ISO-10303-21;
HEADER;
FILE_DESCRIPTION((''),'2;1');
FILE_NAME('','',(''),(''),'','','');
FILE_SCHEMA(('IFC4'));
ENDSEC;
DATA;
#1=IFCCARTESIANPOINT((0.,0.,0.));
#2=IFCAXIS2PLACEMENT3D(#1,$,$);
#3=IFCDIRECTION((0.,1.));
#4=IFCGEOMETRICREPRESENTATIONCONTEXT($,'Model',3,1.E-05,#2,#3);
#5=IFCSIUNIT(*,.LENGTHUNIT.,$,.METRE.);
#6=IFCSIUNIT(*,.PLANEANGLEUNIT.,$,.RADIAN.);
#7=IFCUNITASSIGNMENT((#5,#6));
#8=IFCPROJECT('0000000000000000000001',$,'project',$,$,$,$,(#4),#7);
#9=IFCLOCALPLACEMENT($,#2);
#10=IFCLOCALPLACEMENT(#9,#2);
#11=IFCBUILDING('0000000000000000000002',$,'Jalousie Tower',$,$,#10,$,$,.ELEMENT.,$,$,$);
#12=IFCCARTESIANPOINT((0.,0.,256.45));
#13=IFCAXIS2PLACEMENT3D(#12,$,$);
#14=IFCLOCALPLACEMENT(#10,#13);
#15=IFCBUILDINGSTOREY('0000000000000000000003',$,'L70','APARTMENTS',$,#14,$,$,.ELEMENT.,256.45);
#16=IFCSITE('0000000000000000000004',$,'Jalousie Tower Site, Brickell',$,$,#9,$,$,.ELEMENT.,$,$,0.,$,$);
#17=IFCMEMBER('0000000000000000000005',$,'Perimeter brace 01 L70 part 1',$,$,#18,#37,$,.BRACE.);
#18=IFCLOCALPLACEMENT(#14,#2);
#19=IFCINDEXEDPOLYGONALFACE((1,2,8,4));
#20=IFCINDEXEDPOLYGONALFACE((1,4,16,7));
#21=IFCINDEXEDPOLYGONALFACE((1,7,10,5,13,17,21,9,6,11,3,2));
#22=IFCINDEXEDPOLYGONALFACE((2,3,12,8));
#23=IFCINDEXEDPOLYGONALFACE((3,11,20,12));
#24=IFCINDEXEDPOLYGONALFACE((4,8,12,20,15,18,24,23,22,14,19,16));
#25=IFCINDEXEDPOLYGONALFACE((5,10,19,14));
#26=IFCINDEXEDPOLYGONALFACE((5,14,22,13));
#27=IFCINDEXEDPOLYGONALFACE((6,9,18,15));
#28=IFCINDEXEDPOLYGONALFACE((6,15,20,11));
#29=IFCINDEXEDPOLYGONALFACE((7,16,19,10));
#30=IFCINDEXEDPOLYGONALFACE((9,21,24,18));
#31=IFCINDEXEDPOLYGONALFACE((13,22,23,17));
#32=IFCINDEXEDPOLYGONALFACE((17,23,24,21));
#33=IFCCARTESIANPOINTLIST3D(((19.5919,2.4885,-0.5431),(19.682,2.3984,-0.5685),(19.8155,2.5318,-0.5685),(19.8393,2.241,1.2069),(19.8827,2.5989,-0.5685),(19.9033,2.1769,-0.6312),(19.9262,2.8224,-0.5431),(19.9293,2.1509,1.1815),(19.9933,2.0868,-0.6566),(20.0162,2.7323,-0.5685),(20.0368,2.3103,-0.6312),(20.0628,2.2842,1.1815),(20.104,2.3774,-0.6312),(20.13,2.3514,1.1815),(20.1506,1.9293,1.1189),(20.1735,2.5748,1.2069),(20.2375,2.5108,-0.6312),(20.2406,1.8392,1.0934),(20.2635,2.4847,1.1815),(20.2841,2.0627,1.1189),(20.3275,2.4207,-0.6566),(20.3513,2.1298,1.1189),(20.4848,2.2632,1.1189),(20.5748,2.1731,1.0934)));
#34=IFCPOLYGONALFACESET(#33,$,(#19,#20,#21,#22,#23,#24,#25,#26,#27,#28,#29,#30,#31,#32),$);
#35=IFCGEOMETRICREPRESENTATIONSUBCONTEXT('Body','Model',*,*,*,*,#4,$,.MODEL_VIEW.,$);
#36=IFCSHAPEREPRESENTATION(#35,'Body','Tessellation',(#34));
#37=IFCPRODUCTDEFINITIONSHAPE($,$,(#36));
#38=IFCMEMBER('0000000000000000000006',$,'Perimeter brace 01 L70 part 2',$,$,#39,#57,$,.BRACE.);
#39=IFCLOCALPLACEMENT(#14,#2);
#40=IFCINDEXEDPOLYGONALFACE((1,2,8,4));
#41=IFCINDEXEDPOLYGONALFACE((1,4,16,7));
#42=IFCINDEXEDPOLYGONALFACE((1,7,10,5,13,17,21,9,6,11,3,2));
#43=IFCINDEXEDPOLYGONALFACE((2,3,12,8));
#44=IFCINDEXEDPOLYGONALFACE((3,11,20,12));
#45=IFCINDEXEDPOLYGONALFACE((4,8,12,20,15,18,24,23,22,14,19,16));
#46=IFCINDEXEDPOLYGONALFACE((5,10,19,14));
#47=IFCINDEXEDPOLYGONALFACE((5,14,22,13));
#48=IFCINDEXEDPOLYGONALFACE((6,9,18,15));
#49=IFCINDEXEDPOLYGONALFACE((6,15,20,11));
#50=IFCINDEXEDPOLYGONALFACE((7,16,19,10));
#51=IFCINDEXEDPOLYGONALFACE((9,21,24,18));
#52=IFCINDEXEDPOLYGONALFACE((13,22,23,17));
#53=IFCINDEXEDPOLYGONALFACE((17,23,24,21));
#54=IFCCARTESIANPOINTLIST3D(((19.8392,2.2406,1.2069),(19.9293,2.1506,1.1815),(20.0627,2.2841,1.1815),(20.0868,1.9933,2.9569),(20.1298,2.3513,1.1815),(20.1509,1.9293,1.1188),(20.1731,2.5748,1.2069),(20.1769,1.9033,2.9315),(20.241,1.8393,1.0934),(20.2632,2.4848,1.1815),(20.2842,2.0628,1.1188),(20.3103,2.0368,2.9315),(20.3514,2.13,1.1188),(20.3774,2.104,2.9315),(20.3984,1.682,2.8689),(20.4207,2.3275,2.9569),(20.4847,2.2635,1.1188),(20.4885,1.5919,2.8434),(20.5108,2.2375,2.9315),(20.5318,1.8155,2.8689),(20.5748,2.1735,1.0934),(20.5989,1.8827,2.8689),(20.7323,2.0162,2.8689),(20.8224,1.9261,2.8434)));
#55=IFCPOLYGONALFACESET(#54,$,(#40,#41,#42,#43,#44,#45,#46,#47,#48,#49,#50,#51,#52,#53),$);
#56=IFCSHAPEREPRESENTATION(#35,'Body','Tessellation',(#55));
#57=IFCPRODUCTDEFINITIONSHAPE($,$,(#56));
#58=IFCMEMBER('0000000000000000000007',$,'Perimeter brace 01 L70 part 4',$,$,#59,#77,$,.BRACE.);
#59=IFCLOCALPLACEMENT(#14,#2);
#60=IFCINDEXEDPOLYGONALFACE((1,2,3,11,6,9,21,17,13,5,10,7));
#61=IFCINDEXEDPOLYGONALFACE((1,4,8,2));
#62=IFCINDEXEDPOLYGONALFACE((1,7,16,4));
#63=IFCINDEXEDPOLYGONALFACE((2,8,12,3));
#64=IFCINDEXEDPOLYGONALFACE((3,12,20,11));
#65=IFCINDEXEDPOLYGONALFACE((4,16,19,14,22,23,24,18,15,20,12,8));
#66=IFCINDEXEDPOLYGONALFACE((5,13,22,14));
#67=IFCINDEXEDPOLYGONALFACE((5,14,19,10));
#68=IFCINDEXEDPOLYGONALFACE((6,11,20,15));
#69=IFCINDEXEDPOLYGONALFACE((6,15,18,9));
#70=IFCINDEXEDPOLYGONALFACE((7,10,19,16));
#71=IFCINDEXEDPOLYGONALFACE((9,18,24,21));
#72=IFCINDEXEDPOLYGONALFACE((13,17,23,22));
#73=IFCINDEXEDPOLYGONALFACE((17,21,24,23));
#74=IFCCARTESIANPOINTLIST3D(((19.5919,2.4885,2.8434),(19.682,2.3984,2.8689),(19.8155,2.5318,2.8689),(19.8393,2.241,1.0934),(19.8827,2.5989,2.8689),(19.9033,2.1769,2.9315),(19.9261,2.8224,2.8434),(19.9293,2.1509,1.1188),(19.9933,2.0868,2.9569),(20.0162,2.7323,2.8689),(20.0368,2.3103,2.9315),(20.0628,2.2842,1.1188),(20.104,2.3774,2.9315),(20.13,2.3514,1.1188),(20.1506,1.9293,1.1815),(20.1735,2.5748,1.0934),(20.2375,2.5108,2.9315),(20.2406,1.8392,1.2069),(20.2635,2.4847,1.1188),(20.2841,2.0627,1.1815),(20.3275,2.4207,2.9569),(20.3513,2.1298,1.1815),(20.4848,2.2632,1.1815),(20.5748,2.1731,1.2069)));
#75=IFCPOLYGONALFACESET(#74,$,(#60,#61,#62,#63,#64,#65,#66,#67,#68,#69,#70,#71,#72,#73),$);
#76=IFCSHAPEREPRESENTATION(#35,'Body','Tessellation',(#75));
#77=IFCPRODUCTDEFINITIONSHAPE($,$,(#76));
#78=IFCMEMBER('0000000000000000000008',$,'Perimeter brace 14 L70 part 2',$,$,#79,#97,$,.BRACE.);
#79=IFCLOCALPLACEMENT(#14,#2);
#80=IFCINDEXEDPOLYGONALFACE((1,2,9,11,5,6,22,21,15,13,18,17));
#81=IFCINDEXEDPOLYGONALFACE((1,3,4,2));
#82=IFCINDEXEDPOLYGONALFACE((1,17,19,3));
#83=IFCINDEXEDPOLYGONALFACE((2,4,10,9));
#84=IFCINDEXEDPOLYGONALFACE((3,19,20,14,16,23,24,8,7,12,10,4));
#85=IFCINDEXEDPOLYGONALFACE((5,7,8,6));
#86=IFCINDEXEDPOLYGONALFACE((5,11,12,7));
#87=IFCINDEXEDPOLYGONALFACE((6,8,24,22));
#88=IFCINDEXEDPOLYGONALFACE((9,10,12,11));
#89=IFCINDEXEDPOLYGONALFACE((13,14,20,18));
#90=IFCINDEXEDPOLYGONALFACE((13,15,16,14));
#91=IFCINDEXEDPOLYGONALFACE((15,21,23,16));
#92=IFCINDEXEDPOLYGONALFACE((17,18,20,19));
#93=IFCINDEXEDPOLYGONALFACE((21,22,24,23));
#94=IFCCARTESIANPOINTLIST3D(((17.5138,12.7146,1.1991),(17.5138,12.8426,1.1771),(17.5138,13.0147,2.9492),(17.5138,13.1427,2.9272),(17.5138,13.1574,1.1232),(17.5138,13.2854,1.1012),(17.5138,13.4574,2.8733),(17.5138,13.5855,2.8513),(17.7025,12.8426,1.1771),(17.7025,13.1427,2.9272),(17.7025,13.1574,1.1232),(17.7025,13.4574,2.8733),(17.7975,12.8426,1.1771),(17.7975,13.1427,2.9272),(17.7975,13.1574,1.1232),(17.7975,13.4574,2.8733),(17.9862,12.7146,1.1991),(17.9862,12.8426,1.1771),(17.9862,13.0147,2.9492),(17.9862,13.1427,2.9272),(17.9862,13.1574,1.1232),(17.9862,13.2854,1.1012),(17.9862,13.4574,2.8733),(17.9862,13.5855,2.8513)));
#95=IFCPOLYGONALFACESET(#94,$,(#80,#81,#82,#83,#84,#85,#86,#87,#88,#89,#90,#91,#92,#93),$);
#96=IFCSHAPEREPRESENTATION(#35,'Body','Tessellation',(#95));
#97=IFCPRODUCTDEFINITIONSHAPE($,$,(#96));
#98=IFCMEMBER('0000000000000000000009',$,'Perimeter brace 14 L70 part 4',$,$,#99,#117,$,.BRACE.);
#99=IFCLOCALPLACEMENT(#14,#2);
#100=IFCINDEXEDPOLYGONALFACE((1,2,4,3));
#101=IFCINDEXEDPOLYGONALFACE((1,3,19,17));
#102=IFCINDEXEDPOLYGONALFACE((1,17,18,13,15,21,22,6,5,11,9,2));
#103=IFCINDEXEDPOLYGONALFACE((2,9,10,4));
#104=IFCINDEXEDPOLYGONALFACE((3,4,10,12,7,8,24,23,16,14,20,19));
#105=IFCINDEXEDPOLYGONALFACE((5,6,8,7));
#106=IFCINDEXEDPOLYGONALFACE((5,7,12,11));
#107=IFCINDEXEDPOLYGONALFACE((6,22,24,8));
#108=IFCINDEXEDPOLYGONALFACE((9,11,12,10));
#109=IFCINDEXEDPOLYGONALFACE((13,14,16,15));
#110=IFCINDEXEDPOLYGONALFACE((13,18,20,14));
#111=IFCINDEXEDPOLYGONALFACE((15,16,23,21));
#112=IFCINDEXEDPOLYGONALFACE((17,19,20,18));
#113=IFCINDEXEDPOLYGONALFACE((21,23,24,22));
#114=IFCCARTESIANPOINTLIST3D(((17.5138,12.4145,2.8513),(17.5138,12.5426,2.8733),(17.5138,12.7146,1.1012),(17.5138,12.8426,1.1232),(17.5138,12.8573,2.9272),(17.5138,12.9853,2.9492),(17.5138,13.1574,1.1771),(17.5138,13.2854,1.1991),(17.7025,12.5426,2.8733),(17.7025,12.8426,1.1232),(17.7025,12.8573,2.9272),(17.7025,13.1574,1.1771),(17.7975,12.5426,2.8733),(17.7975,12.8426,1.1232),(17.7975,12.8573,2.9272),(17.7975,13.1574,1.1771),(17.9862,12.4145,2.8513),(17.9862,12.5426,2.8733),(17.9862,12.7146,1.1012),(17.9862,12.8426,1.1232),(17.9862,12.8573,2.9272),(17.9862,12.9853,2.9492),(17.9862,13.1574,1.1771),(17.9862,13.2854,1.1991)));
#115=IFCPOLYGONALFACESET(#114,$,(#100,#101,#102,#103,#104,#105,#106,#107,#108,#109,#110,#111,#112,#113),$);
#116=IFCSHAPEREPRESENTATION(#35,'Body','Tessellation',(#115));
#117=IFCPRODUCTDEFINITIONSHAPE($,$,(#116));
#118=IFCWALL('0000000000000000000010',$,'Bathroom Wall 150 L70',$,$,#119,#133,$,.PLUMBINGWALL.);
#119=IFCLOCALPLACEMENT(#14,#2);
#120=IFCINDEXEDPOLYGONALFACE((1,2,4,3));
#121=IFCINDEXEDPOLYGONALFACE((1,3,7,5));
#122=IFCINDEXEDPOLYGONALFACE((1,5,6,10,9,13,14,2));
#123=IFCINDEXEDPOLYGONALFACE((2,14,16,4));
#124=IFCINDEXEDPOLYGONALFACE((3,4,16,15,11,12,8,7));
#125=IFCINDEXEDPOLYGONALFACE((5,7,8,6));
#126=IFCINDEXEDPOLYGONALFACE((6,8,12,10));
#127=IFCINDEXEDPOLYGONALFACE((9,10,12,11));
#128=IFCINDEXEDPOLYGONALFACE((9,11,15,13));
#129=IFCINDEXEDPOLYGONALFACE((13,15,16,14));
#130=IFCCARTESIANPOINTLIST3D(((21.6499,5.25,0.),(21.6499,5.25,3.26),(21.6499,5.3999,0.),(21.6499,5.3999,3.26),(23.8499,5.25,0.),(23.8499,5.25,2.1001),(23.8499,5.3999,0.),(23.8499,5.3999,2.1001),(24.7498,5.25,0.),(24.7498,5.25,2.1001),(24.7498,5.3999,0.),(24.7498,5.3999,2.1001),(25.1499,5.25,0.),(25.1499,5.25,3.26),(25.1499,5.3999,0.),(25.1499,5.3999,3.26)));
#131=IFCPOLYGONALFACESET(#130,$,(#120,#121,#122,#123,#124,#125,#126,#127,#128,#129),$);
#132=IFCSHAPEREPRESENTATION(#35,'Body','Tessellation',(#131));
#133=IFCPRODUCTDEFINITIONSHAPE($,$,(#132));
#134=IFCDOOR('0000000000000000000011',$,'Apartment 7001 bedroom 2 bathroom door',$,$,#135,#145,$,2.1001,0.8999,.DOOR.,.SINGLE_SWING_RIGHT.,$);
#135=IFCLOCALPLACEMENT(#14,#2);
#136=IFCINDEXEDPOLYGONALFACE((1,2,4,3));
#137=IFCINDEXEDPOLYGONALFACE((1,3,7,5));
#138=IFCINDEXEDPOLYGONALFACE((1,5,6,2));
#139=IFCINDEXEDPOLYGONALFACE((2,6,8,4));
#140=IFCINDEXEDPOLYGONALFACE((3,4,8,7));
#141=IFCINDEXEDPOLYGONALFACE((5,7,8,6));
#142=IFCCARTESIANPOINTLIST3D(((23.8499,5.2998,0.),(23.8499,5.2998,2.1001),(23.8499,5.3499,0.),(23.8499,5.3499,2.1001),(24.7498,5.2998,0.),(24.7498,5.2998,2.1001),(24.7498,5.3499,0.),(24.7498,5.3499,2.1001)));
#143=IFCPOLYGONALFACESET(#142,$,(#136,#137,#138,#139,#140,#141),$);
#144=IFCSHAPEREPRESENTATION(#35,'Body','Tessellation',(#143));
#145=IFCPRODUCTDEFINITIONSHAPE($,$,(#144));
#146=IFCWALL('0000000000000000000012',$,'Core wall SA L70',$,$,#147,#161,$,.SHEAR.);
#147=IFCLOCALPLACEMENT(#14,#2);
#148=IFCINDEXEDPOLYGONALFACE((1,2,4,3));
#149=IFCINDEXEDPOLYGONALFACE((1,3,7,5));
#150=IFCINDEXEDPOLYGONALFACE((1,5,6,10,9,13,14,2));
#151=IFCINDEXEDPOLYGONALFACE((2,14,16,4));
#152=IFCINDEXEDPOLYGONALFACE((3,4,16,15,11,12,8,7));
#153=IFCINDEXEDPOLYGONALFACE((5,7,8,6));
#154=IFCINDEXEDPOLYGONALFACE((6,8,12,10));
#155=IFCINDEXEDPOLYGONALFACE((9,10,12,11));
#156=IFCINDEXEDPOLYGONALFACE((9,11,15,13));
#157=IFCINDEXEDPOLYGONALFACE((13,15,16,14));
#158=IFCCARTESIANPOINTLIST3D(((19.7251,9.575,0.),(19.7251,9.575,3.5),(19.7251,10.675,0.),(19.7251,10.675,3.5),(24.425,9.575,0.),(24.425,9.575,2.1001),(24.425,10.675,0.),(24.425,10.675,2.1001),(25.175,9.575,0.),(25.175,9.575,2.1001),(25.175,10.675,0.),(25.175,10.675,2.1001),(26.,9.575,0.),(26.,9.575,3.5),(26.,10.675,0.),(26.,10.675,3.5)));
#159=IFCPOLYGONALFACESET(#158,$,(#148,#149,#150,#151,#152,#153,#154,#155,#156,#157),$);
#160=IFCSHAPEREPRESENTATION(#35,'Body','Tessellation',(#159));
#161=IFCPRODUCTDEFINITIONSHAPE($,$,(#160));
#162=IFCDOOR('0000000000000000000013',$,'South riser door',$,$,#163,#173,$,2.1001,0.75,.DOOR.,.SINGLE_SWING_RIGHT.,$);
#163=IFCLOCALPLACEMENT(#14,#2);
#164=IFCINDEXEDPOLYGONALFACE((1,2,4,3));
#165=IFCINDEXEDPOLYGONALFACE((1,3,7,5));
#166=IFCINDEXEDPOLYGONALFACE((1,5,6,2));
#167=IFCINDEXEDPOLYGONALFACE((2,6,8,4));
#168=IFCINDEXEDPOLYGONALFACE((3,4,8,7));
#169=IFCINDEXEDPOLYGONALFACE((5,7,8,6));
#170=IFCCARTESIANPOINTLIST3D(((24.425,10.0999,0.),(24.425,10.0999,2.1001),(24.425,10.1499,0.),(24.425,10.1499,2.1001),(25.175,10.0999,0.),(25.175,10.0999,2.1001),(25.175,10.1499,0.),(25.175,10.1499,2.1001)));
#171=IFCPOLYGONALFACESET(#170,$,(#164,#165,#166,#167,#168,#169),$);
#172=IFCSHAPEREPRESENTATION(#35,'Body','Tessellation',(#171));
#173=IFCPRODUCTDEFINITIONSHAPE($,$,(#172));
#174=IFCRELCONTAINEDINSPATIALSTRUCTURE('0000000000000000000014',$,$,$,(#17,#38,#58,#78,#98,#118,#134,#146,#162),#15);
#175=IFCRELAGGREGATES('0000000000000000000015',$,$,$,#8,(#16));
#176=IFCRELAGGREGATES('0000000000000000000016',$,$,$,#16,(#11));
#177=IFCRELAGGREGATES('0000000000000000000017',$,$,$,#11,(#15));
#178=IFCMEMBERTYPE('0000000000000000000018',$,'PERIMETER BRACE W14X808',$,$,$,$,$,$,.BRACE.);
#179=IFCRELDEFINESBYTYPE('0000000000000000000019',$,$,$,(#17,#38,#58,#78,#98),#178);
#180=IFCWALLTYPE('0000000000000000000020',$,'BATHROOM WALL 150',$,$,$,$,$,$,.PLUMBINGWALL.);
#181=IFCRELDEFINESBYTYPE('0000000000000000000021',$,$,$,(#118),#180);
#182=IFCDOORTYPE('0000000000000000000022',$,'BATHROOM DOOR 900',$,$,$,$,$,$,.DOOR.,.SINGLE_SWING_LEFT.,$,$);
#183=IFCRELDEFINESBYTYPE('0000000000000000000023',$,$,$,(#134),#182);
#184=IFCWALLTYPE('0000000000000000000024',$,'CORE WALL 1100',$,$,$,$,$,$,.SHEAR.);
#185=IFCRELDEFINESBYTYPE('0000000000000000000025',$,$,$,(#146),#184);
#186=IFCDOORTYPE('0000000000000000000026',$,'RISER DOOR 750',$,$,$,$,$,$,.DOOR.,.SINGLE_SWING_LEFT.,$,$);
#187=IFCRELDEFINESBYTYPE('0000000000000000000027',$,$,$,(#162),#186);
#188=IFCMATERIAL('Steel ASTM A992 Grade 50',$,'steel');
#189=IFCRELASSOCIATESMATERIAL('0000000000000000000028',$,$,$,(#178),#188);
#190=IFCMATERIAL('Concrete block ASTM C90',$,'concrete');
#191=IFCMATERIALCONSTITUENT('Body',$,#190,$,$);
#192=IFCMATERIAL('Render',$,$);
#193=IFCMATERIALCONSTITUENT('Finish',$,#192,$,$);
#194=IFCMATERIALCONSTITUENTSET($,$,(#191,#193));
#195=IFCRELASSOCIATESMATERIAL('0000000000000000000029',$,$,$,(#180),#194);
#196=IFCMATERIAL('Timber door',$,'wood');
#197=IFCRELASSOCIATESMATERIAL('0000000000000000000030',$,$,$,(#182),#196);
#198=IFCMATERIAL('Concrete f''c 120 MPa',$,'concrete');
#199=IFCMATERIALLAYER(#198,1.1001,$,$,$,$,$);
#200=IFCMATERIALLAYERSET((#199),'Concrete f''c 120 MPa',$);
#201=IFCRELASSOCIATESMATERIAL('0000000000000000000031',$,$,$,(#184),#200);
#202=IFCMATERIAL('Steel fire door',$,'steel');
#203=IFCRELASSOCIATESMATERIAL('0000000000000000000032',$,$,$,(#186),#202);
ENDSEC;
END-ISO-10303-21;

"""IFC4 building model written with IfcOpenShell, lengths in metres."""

from ifc_helpers import new_model, si_unit, direction, frame, frame_2d, origin, origin_2d, place, context, subcontext, project, spatial, rectangle, i_section, extrude, material, layer, layer_set, constituent, constituent_set, material_profile, profile_set, type_object, element, fill, save


model = new_model("IFC4")

# Units and contexts
model_context = context("Model", 3, precision=1e-05, world=origin(), true_north=direction((0.0, 1.0)))
body_context = subcontext(model_context, "Body", "Model", "MODEL_VIEW")
ifc_project = project(units=[si_unit("LENGTHUNIT", "METRE"), si_unit("PLANEANGLEUNIT", "RADIAN")], contexts=[model_context])

# Site, building, storey
site_placement = place(None, origin())
site = spatial("IfcSite", under=ifc_project, at=site_placement, Name="Jalousie Tower Site, Brickell", CompositionType="ELEMENT", RefElevation=0.0)
building_placement = place(site_placement, origin())
building = spatial("IfcBuilding", under=site, at=building_placement, Name="Jalousie Tower", CompositionType="ELEMENT")
storey_placement = place(building_placement, frame((0.0, 0.0, 256.45)))
storey = spatial("IfcBuildingStorey", under=building, at=storey_placement, Name="L70", Description="APARTMENTS", CompositionType="ELEMENT", Elevation=256.45)

# Members
ifc_material_1 = material(Name="Steel ASTM A992 Grade 50", Category="steel")
ifc_material_profile = material_profile(ifc_material_1, i_section(OverallWidth=0.4724, OverallDepth=0.5791, WebThickness=0.095, FlangeThickness=0.1299, at=origin_2d()), Name="W14X808")
ifc_profile_set = profile_set([ifc_material_profile], Name="Steel ASTM A992 Grade 50")
member_type = type_object("IfcMemberType", Name="PERIMETER BRACE W14X808", PredefinedType="BRACE", material=ifc_profile_set)
for number, where, z_axis, x_axis, name in (
    (1, (19.9597, 2.4546, -0.5999), (0.138579, -0.138716, 0.980588), (0.707456, 0.706758, 0.0), "Perimeter brace 01 L70 part 1"),
    (2, (20.207, 2.207, 1.1501), (0.138716, -0.138579, 0.980588), (0.706758, 0.707456, 0.0), "Perimeter brace 01 L70 part 2"),
    (3, (20.207, 2.207, 1.1501), (-0.138579, 0.138716, 0.980588), (-0.707456, -0.706758, 0.0), "Perimeter brace 01 L70 part 4"),
):
    element("IfcMember", number, at=place(storey_placement, frame(where, z_axis=z_axis, x_axis=x_axis)), inside=storey, type_object=member_type, Name=name, PredefinedType="BRACE", context=body_context, shape_type="SweptSolid", body=[
        extrude(i_section(OverallWidth=0.4724, OverallDepth=0.5791, WebThickness=0.095, FlangeThickness=0.1299, at=origin_2d()), origin(), (0.0, 0.0, 1.0), 1.7847),
    ])
for number, where, z_axis, x_axis, name in (
    (4, (17.75, 13.0, 1.1501), (0.0, 0.168991, 0.985618), (-1.0, 0.0, 0.0), "Perimeter brace 14 L70 part 2"),
    (5, (17.75, 13.0, 1.1501), (0.0, -0.168991, 0.985618), (1.0, 0.0, 0.0), "Perimeter brace 14 L70 part 4"),
):
    element("IfcMember", number, at=place(storey_placement, frame(where, z_axis=z_axis, x_axis=x_axis)), inside=storey, type_object=member_type, Name=name, PredefinedType="BRACE", context=body_context, shape_type="SweptSolid", body=[
        extrude(i_section(OverallWidth=0.4724, OverallDepth=0.5791, WebThickness=0.095, FlangeThickness=0.1299, at=origin_2d()), origin(), (0.0, 0.0, 1.0), 1.7756),
    ])

# Walls, openings, doors
ifc_material_2 = material(Name="Concrete block ASTM C90", Category="concrete")
ifc_constituent_1 = constituent(ifc_material_2, Name="Body")
ifc_material_3 = material(Name="Render")
ifc_constituent_2 = constituent(ifc_material_3, Name="Finish")
ifc_constituent_set_1 = constituent_set(constituents=[ifc_constituent_1, ifc_constituent_2])
wall_type_1 = type_object("IfcWallType", Name="BATHROOM WALL 150", PredefinedType="PLUMBINGWALL", material=ifc_constituent_set_1)
wall_1_placement = place(storey_placement, frame((21.6499, 5.325, 0.0), z_axis=(0.0, 0.0, 1.0), x_axis=(1.0, 0.0, 0.0)))
wall_1 = element("IfcWall", 6, at=wall_1_placement, inside=storey, type_object=wall_type_1, Name="Bathroom Wall 150 L70", PredefinedType="PLUMBINGWALL", context=body_context, shape_type="SweptSolid", body=[
    extrude(rectangle(XDim=3.5, YDim=0.1499, at=frame_2d((1.75, 0.0))), origin(), (0.0, 0.0, 1.0), 3.26),
])
opening_1_placement = place(wall_1_placement, frame((2.2, 0.0, 0.0)))
opening_1 = element("IfcOpeningElement", 7, at=opening_1_placement, cuts=wall_1, PredefinedType="OPENING", context=body_context, shape_type="SweptSolid", body=[
    extrude(rectangle(XDim=0.8999, YDim=2.1001, at=frame_2d((0.45, 1.05))), frame((0.0, 0.085, 0.0), z_axis=(0.0, -1.0, 0.0), x_axis=(1.0, 0.0, 0.0)), (0.0, 0.0, 1.0), 0.1699),
])
ifc_material_4 = material(Name="Timber door", Category="wood")
door_type_1 = type_object("IfcDoorType", Name="BATHROOM DOOR 900", OperationType="SINGLE_SWING_LEFT", PredefinedType="DOOR", material=ifc_material_4)
door_1_placement = place(opening_1_placement, origin())
door_1 = element("IfcDoor", 8, at=door_1_placement, inside=storey, type_object=door_type_1, Name="Apartment 7001 bedroom 2 bathroom door", OperationType="SINGLE_SWING_RIGHT", OverallHeight=2.1001, OverallWidth=0.8999, PredefinedType="DOOR", context=body_context, shape_type="SweptSolid", body=[
    extrude(rectangle(XDim=0.8999, YDim=2.1001, at=frame_2d((0.45, 1.05))), frame((0.0, 0.0249, 0.0), z_axis=(0.0, -1.0, 0.0), x_axis=(1.0, 0.0, 0.0)), (0.0, 0.0, 1.0), 0.05),
])
fill(opening_1, door_1)
ifc_material_5 = material(Name="Concrete f'c 120 MPa", Category="concrete")
ifc_layer = layer(ifc_material_5, 1.1001)
ifc_layer_set = layer_set([ifc_layer], Name="Concrete f'c 120 MPa")
wall_type_2 = type_object("IfcWallType", Name="CORE WALL 1100", PredefinedType="SHEAR", material=ifc_layer_set)
wall_2_placement = place(storey_placement, frame((19.7251, 10.125, 0.0), z_axis=(0.0, 0.0, 1.0), x_axis=(1.0, 0.0, 0.0)))
wall_2 = element("IfcWall", 9, at=wall_2_placement, inside=storey, type_object=wall_type_2, Name="Core wall SA L70", PredefinedType="SHEAR", context=body_context, shape_type="SweptSolid", body=[
    extrude(rectangle(XDim=6.2749, YDim=1.1001, at=frame_2d((3.1375, 0.0))), origin(), (0.0, 0.0, 1.0), 3.5),
])
opening_2_placement = place(wall_2_placement, frame((4.7, 0.0, 0.0)))
opening_2 = element("IfcOpeningElement", 10, at=opening_2_placement, cuts=wall_2, PredefinedType="OPENING", context=body_context, shape_type="SweptSolid", body=[
    extrude(rectangle(XDim=0.75, YDim=2.1001, at=frame_2d((0.375, 1.05))), frame((0.0, 0.5601, 0.0), z_axis=(0.0, -1.0, 0.0), x_axis=(1.0, 0.0, 0.0)), (0.0, 0.0, 1.0), 1.1201),
])
ifc_material_6 = material(Name="Steel fire door", Category="steel")
door_type_2 = type_object("IfcDoorType", Name="RISER DOOR 750", OperationType="SINGLE_SWING_LEFT", PredefinedType="DOOR", material=ifc_material_6)
door_2_placement = place(opening_2_placement, origin())
door_2 = element("IfcDoor", 11, at=door_2_placement, inside=storey, type_object=door_type_2, Name="South riser door", OperationType="SINGLE_SWING_RIGHT", OverallHeight=2.1001, OverallWidth=0.75, PredefinedType="DOOR", context=body_context, shape_type="SweptSolid", body=[
    extrude(rectangle(XDim=0.75, YDim=2.1001, at=frame_2d((0.375, 1.05))), frame((0.0, 0.0249, 0.0), z_axis=(0.0, -1.0, 0.0), x_axis=(1.0, 0.0, 0.0)), (0.0, 0.0, 1.0), 0.05),
])
fill(opening_2, door_2)

save(model, "model.ifc")
